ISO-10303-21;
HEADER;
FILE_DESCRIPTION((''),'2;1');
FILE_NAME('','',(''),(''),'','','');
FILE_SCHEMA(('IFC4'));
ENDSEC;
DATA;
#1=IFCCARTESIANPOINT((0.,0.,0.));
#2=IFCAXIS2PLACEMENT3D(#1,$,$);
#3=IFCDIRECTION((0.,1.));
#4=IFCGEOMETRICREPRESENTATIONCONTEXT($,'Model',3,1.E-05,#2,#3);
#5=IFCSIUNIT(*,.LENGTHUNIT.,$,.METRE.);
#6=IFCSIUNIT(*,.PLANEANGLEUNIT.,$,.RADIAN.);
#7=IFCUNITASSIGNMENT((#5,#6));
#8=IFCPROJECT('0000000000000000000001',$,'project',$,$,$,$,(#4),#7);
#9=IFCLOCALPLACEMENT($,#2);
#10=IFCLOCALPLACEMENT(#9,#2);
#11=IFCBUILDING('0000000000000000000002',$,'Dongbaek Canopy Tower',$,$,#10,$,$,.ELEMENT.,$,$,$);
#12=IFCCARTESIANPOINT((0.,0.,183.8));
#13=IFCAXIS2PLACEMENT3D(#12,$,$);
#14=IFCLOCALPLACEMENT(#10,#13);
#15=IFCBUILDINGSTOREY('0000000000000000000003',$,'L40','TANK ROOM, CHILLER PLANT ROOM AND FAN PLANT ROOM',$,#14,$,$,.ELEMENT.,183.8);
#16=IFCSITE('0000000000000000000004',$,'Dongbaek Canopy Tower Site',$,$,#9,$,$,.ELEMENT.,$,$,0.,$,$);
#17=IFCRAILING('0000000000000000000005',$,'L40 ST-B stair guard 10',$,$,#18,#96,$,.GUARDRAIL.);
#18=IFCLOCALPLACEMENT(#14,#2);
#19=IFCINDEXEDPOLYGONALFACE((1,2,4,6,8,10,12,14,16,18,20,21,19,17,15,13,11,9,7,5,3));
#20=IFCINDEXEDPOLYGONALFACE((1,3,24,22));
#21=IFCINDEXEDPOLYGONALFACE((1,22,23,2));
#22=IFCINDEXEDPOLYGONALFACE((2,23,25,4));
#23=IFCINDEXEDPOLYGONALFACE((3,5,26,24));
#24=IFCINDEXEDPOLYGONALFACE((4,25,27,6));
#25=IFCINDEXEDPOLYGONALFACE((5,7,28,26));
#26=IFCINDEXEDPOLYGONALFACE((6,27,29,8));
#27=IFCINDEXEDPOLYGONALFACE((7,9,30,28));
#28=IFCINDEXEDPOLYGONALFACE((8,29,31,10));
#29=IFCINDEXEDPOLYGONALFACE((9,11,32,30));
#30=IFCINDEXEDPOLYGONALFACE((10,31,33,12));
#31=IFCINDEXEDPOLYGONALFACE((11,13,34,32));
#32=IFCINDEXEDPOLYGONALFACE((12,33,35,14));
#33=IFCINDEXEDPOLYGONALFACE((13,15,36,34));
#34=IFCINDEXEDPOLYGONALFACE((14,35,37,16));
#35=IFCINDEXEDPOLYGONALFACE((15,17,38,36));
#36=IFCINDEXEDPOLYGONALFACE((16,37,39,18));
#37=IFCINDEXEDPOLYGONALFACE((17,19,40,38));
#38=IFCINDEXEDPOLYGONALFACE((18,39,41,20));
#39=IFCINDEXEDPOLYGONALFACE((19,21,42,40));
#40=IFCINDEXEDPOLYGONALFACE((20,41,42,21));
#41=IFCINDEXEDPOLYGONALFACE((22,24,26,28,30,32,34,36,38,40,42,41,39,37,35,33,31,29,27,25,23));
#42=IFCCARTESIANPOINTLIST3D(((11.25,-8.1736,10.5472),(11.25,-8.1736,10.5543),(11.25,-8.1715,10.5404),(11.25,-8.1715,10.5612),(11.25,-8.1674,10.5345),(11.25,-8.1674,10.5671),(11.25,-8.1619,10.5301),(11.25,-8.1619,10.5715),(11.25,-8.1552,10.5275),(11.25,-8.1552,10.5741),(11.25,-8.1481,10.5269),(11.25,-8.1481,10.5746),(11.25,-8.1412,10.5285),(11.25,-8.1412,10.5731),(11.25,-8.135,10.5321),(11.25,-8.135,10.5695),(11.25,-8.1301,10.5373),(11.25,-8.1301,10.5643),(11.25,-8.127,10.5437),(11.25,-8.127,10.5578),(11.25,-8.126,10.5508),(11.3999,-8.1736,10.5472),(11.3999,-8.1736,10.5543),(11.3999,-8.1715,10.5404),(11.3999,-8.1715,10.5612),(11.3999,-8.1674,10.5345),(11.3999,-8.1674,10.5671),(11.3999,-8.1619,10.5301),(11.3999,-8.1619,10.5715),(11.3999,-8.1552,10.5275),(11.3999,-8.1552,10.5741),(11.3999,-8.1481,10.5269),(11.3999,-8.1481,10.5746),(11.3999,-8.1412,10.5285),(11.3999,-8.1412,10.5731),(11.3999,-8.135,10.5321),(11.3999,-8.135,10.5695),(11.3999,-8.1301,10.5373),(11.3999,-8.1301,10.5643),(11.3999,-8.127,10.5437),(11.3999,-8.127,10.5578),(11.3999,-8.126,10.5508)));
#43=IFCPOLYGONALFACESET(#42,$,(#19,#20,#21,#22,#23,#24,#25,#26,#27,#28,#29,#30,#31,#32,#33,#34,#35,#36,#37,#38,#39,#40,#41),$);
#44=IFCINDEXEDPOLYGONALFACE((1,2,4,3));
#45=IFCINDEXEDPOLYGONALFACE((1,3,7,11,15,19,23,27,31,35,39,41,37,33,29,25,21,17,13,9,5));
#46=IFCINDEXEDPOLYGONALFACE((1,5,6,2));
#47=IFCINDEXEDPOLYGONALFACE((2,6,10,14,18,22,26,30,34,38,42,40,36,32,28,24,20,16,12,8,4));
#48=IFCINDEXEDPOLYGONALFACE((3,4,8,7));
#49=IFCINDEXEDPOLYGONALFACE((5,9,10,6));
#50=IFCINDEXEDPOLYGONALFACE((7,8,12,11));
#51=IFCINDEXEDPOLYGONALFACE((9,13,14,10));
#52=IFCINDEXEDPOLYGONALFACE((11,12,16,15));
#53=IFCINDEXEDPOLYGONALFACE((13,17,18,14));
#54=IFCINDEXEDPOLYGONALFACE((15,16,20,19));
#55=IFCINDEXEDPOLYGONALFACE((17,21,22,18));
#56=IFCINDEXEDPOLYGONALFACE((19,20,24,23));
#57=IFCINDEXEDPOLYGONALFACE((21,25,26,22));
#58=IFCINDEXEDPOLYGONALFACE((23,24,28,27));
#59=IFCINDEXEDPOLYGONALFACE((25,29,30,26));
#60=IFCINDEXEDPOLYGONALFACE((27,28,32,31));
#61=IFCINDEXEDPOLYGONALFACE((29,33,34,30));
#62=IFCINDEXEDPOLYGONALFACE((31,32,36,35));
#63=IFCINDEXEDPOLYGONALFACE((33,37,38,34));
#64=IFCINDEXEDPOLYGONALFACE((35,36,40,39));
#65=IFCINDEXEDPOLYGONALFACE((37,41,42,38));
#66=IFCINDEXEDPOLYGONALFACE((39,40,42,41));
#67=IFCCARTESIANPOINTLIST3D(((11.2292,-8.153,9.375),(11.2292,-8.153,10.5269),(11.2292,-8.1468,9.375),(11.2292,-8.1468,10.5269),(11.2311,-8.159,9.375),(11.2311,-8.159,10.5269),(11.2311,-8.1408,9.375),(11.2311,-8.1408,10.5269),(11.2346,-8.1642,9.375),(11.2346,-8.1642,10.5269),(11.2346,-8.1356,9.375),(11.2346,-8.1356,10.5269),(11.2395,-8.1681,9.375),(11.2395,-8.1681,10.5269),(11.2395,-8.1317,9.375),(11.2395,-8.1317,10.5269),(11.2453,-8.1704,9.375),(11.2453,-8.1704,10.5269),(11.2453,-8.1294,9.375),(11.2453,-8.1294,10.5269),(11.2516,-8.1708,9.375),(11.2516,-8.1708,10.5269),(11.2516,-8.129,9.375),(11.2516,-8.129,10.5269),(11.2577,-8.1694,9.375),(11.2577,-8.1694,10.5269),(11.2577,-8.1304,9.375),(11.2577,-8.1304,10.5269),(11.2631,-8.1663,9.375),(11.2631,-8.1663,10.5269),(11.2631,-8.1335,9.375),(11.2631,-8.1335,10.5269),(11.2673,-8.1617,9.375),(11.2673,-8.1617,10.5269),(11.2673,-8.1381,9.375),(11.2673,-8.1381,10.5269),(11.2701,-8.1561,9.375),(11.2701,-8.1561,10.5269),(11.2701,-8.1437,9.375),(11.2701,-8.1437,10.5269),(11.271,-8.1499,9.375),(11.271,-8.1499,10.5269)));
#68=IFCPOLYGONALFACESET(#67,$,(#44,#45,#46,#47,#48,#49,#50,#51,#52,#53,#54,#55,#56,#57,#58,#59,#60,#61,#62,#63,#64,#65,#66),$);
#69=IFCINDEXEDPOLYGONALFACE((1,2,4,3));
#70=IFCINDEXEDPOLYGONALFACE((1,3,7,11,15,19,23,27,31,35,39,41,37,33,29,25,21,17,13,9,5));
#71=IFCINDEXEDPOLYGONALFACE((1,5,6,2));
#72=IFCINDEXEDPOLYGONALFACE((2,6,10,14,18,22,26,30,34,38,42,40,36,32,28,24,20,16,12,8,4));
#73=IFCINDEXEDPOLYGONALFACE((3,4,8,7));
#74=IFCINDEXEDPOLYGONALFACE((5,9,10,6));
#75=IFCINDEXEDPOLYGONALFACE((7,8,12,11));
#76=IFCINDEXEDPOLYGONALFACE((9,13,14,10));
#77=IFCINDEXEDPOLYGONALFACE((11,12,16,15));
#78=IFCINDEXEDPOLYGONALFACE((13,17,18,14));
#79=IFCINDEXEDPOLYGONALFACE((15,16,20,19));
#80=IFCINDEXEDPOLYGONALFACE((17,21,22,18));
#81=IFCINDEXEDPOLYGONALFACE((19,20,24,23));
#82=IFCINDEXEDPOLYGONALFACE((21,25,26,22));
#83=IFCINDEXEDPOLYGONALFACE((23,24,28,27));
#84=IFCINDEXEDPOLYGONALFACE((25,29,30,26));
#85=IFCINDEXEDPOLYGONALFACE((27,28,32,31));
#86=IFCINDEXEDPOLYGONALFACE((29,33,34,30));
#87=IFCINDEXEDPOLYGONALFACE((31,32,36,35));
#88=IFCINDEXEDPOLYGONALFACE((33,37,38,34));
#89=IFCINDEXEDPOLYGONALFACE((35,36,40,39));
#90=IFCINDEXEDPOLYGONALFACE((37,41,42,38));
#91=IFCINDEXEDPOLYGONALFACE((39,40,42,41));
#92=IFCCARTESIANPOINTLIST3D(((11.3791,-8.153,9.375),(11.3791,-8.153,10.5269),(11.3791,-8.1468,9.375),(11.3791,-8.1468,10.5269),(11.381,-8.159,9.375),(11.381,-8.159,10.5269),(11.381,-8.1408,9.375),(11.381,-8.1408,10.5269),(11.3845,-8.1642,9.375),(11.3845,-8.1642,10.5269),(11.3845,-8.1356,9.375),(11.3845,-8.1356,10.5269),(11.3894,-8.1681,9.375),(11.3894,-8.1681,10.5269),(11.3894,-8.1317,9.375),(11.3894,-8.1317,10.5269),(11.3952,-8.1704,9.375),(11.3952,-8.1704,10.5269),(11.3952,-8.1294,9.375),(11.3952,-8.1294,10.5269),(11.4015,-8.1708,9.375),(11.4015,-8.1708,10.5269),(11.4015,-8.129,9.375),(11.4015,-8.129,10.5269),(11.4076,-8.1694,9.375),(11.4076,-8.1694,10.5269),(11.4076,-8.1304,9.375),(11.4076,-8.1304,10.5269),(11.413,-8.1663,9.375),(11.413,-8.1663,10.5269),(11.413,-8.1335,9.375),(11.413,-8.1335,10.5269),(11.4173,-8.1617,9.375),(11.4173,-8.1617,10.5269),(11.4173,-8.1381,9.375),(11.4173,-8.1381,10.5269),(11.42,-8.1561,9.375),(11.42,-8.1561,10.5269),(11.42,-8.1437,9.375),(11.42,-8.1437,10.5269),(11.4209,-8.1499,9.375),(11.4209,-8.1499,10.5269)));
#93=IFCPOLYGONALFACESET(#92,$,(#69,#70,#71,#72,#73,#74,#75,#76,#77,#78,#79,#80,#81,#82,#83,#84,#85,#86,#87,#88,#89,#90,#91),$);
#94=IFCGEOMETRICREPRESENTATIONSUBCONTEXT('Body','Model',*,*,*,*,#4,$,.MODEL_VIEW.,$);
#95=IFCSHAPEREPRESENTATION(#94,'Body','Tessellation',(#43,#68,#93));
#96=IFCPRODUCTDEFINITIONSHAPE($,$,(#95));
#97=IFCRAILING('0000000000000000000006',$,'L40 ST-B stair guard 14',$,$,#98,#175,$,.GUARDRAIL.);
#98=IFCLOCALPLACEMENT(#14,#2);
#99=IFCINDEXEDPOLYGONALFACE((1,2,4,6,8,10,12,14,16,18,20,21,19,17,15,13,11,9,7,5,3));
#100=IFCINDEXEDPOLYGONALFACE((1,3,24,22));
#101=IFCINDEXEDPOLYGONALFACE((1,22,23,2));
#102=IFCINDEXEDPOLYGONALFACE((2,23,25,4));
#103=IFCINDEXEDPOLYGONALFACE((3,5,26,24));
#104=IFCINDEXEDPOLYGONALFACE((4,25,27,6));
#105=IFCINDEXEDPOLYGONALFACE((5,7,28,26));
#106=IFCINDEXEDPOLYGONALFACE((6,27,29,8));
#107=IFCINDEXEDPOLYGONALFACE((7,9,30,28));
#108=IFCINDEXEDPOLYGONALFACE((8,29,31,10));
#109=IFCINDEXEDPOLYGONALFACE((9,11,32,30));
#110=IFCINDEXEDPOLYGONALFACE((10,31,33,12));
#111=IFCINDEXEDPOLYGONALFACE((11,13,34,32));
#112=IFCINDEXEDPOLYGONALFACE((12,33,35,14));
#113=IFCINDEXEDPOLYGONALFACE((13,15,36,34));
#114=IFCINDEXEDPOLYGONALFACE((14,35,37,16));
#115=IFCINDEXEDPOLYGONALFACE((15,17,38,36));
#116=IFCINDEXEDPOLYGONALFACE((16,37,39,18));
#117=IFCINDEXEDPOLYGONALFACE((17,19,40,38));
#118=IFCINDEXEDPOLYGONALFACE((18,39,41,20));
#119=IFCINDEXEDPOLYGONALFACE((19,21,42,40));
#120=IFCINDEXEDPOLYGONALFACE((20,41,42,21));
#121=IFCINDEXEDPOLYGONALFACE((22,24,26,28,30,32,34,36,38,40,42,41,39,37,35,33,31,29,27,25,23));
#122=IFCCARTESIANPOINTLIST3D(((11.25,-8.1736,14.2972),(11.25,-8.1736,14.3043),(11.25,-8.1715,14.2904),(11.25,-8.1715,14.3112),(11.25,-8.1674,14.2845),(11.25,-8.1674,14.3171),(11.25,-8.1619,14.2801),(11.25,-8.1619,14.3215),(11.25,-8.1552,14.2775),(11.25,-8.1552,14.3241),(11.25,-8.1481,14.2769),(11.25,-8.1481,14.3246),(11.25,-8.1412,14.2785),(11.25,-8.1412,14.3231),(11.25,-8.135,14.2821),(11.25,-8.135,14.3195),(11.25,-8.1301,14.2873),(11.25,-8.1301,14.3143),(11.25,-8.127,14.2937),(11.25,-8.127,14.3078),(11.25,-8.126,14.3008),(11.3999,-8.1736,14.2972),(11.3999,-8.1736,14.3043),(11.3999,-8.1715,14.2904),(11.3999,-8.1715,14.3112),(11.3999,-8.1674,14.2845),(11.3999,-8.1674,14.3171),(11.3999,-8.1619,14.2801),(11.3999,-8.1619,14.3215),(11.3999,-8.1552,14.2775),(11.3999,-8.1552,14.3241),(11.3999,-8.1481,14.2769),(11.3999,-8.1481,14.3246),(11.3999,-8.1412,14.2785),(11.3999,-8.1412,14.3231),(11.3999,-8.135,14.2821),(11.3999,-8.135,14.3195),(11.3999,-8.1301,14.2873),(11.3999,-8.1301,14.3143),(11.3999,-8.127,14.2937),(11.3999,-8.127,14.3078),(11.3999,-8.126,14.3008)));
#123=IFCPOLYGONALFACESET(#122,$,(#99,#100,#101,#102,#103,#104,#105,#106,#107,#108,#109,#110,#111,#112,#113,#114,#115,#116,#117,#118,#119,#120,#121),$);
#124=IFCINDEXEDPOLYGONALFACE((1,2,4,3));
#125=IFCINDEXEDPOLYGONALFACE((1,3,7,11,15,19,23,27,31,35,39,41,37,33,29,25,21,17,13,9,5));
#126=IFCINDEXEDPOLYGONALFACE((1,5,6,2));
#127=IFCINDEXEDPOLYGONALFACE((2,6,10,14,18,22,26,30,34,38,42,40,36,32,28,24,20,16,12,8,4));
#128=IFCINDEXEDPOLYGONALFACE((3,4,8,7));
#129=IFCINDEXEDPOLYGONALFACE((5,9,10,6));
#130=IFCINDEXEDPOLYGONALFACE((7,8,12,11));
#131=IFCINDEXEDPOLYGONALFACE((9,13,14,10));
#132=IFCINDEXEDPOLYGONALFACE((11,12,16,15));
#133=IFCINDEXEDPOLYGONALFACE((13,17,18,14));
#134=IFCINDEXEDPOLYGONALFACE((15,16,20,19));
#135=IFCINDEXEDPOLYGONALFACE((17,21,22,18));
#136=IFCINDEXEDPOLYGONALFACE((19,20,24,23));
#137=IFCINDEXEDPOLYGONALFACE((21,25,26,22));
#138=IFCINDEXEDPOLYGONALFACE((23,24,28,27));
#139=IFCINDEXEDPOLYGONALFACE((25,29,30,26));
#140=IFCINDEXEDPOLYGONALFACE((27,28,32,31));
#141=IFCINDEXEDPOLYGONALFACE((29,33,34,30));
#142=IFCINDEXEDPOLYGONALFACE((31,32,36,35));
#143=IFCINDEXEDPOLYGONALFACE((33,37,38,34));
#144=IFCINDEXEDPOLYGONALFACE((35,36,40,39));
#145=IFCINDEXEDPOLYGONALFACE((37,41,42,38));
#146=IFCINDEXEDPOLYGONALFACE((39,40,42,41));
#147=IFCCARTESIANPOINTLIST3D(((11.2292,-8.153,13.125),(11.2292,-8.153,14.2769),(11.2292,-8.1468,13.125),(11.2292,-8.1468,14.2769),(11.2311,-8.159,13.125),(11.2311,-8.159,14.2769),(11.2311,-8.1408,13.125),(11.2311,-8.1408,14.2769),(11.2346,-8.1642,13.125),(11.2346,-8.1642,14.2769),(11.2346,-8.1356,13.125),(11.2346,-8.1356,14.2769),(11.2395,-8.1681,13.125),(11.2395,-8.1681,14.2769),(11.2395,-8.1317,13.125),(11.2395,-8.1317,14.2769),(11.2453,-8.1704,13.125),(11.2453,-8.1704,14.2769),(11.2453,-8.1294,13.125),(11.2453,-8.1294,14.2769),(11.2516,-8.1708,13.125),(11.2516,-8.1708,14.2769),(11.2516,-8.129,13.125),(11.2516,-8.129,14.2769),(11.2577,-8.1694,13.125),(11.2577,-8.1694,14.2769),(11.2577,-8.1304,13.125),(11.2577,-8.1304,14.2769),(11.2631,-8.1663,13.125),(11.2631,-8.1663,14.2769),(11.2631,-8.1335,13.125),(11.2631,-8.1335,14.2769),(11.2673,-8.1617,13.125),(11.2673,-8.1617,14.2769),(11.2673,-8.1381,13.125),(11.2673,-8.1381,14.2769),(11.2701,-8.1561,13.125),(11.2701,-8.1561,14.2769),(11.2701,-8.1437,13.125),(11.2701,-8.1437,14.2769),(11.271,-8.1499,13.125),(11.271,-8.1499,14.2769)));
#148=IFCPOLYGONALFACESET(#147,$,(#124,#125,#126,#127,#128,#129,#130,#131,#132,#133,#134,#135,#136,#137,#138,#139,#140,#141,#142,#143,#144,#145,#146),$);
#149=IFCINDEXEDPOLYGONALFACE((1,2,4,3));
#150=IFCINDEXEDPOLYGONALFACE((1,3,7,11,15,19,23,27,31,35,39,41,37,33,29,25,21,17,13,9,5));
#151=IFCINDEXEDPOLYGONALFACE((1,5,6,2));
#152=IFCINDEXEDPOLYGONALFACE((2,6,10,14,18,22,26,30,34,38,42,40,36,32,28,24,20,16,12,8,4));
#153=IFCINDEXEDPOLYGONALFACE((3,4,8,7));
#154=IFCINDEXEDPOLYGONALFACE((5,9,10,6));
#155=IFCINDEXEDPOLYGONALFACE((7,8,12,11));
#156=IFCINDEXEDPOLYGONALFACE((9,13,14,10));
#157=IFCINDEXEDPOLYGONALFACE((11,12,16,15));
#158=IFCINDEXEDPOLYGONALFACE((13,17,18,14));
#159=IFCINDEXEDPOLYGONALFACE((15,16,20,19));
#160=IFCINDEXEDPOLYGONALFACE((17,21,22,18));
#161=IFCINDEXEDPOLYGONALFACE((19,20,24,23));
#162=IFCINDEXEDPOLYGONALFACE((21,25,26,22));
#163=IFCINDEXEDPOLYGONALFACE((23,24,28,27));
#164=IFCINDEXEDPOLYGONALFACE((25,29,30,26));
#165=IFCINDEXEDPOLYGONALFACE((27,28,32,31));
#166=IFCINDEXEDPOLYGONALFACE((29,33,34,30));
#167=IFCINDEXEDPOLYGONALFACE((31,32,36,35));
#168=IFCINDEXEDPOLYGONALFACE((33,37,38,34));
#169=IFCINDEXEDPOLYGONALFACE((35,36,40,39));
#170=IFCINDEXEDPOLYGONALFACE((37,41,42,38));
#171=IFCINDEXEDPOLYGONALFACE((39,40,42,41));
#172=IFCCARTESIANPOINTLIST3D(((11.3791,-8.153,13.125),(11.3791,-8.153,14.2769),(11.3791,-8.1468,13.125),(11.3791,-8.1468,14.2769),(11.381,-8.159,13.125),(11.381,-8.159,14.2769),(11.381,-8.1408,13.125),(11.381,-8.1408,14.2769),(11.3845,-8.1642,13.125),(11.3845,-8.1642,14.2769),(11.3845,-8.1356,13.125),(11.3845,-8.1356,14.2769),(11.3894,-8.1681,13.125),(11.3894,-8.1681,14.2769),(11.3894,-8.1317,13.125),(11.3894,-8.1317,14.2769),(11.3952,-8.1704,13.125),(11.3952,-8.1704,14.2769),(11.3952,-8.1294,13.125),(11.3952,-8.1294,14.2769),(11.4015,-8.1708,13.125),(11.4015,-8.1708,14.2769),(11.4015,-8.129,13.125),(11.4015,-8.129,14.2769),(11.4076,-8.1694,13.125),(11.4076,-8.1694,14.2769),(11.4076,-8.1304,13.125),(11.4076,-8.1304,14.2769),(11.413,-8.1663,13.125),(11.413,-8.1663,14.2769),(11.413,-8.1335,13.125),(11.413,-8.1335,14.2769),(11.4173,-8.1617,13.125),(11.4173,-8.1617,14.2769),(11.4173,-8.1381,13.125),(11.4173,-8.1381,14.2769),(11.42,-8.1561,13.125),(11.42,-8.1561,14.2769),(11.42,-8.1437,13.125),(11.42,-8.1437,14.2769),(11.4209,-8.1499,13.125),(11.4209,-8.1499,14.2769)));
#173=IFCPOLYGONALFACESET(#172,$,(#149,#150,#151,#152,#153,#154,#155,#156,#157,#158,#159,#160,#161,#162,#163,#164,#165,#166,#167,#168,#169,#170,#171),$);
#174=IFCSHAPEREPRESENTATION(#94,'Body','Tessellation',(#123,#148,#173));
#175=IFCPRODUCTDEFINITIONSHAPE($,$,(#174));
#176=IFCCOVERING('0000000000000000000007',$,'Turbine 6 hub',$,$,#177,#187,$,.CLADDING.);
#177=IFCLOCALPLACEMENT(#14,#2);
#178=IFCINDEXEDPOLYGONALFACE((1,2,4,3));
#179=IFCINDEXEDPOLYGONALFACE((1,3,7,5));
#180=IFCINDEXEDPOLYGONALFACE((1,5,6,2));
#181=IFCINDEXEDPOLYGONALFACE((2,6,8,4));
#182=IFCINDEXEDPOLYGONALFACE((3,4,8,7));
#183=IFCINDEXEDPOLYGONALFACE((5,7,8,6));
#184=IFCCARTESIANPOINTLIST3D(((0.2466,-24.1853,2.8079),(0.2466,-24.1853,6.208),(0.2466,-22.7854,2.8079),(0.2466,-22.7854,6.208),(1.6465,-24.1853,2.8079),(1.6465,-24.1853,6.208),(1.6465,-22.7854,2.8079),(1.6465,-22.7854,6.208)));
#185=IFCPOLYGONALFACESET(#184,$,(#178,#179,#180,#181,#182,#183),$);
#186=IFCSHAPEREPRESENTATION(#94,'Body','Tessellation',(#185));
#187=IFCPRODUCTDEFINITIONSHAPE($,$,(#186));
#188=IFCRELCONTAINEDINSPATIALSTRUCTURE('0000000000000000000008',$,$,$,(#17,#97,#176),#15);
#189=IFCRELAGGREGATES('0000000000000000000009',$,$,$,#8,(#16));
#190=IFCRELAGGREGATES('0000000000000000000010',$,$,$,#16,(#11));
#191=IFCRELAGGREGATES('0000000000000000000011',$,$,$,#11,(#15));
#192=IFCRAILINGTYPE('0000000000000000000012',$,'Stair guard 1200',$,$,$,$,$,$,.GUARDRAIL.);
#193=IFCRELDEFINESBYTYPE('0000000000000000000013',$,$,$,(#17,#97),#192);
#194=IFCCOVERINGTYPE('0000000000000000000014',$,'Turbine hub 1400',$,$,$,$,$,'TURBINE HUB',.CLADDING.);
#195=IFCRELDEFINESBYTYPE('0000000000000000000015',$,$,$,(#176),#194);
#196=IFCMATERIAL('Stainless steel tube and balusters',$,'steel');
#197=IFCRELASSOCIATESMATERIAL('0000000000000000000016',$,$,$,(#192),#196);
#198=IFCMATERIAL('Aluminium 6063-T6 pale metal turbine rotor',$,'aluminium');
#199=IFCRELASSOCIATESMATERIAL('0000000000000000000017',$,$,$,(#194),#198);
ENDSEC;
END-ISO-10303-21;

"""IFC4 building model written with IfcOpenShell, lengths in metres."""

from ifc_helpers import new_model, si_unit, direction, frame, origin, origin_2d, place, context, subcontext, project, spatial, rectangle, circle, extrude, material, material_profile, profile_set, type_object, element, save


model = new_model("IFC4")

# Units and contexts
model_context = context("Model", 3, precision=1e-05, world=origin(), true_north=direction((0.0, 1.0)))
body_context = subcontext(model_context, "Body", "Model", "MODEL_VIEW")
ifc_project = project(units=[si_unit("LENGTHUNIT", "METRE"), si_unit("PLANEANGLEUNIT", "RADIAN")], contexts=[model_context])

# Site, building, storey
site_placement = place(None, origin())
site = spatial("IfcSite", under=ifc_project, at=site_placement, Name="Dongbaek Canopy Tower Site", CompositionType="ELEMENT", RefElevation=0.0)
building_placement = place(site_placement, origin())
building = spatial("IfcBuilding", under=site, at=building_placement, Name="Dongbaek Canopy Tower", CompositionType="ELEMENT")
storey_placement = place(building_placement, frame((0.0, 0.0, 183.8)))
storey = spatial("IfcBuildingStorey", under=building, at=storey_placement, Name="L40", Description="TANK ROOM, CHILLER PLANT ROOM AND FAN PLANT ROOM", CompositionType="ELEMENT", Elevation=183.8)

# Railings
ifc_material_1 = material(Name="Stainless steel tube and balusters", Category="steel")
railing_type_1 = type_object("IfcRailingType", Name="Stair guard 1200", PredefinedType="GUARDRAIL", material=ifc_material_1)
for number, where, name in (
    (1, (11.25, -8.1499, 9.375), "L40 ST-B stair guard 10"),
    (2, (11.25, -8.1499, 13.125), "L40 ST-B stair guard 14"),
):
    element("IfcRailing", number, at=place(storey_placement, frame(where)), inside=storey, type_object=railing_type_1, Name=name, PredefinedType="GUARDRAIL", context=body_context, shape_type="SweptSolid", body=[
        extrude(circle(Radius=0.0239, at=origin_2d()), frame((0.0, 0.0, 1.1758), z_axis=(1.0, 0.0, 0.0), x_axis=(0.0, 1.0, 0.0)), (0.0, 0.0, 1.0), 0.1499),
        extrude(circle(Radius=0.021, at=origin_2d()), origin(), (0.0, 0.0, 1.0), 1.1519),
        extrude(circle(Radius=0.021, at=origin_2d()), frame((0.1499, 0.0, 0.0)), (0.0, 0.0, 1.0), 1.1519),
    ])

# Covering
ifc_material_2 = material(Name="Aluminium 6063-T6 pale metal turbine rotor", Category="aluminium")
ifc_material_profile_1 = material_profile(ifc_material_2, rectangle(XDim=1.3999, YDim=1.3999, at=origin_2d()), Name="Turbine hub 1400")
ifc_profile_set_1 = profile_set([ifc_material_profile_1], Name="Aluminium 6063-T6 pale metal turbine rotor")
covering_type = type_object("IfcCoveringType", Name="Turbine hub 1400", ElementType="TURBINE HUB", PredefinedType="CLADDING", material=ifc_profile_set_1)
covering_placement = place(storey_placement, frame((0.9465, -23.4854, 2.8079), z_axis=(0.0, 0.0, 1.0), x_axis=(1.0, 0.0, 0.0)))
element("IfcCovering", 3, at=covering_placement, inside=storey, type_object=covering_type, Name="Turbine 6 hub", PredefinedType="CLADDING", context=body_context, shape_type="SweptSolid", body=[
    extrude(rectangle(XDim=1.3999, YDim=1.3999, at=origin_2d()), origin(), (0.0, 0.0, 1.0), 3.4001),
])

save(model, "model.ifc")
